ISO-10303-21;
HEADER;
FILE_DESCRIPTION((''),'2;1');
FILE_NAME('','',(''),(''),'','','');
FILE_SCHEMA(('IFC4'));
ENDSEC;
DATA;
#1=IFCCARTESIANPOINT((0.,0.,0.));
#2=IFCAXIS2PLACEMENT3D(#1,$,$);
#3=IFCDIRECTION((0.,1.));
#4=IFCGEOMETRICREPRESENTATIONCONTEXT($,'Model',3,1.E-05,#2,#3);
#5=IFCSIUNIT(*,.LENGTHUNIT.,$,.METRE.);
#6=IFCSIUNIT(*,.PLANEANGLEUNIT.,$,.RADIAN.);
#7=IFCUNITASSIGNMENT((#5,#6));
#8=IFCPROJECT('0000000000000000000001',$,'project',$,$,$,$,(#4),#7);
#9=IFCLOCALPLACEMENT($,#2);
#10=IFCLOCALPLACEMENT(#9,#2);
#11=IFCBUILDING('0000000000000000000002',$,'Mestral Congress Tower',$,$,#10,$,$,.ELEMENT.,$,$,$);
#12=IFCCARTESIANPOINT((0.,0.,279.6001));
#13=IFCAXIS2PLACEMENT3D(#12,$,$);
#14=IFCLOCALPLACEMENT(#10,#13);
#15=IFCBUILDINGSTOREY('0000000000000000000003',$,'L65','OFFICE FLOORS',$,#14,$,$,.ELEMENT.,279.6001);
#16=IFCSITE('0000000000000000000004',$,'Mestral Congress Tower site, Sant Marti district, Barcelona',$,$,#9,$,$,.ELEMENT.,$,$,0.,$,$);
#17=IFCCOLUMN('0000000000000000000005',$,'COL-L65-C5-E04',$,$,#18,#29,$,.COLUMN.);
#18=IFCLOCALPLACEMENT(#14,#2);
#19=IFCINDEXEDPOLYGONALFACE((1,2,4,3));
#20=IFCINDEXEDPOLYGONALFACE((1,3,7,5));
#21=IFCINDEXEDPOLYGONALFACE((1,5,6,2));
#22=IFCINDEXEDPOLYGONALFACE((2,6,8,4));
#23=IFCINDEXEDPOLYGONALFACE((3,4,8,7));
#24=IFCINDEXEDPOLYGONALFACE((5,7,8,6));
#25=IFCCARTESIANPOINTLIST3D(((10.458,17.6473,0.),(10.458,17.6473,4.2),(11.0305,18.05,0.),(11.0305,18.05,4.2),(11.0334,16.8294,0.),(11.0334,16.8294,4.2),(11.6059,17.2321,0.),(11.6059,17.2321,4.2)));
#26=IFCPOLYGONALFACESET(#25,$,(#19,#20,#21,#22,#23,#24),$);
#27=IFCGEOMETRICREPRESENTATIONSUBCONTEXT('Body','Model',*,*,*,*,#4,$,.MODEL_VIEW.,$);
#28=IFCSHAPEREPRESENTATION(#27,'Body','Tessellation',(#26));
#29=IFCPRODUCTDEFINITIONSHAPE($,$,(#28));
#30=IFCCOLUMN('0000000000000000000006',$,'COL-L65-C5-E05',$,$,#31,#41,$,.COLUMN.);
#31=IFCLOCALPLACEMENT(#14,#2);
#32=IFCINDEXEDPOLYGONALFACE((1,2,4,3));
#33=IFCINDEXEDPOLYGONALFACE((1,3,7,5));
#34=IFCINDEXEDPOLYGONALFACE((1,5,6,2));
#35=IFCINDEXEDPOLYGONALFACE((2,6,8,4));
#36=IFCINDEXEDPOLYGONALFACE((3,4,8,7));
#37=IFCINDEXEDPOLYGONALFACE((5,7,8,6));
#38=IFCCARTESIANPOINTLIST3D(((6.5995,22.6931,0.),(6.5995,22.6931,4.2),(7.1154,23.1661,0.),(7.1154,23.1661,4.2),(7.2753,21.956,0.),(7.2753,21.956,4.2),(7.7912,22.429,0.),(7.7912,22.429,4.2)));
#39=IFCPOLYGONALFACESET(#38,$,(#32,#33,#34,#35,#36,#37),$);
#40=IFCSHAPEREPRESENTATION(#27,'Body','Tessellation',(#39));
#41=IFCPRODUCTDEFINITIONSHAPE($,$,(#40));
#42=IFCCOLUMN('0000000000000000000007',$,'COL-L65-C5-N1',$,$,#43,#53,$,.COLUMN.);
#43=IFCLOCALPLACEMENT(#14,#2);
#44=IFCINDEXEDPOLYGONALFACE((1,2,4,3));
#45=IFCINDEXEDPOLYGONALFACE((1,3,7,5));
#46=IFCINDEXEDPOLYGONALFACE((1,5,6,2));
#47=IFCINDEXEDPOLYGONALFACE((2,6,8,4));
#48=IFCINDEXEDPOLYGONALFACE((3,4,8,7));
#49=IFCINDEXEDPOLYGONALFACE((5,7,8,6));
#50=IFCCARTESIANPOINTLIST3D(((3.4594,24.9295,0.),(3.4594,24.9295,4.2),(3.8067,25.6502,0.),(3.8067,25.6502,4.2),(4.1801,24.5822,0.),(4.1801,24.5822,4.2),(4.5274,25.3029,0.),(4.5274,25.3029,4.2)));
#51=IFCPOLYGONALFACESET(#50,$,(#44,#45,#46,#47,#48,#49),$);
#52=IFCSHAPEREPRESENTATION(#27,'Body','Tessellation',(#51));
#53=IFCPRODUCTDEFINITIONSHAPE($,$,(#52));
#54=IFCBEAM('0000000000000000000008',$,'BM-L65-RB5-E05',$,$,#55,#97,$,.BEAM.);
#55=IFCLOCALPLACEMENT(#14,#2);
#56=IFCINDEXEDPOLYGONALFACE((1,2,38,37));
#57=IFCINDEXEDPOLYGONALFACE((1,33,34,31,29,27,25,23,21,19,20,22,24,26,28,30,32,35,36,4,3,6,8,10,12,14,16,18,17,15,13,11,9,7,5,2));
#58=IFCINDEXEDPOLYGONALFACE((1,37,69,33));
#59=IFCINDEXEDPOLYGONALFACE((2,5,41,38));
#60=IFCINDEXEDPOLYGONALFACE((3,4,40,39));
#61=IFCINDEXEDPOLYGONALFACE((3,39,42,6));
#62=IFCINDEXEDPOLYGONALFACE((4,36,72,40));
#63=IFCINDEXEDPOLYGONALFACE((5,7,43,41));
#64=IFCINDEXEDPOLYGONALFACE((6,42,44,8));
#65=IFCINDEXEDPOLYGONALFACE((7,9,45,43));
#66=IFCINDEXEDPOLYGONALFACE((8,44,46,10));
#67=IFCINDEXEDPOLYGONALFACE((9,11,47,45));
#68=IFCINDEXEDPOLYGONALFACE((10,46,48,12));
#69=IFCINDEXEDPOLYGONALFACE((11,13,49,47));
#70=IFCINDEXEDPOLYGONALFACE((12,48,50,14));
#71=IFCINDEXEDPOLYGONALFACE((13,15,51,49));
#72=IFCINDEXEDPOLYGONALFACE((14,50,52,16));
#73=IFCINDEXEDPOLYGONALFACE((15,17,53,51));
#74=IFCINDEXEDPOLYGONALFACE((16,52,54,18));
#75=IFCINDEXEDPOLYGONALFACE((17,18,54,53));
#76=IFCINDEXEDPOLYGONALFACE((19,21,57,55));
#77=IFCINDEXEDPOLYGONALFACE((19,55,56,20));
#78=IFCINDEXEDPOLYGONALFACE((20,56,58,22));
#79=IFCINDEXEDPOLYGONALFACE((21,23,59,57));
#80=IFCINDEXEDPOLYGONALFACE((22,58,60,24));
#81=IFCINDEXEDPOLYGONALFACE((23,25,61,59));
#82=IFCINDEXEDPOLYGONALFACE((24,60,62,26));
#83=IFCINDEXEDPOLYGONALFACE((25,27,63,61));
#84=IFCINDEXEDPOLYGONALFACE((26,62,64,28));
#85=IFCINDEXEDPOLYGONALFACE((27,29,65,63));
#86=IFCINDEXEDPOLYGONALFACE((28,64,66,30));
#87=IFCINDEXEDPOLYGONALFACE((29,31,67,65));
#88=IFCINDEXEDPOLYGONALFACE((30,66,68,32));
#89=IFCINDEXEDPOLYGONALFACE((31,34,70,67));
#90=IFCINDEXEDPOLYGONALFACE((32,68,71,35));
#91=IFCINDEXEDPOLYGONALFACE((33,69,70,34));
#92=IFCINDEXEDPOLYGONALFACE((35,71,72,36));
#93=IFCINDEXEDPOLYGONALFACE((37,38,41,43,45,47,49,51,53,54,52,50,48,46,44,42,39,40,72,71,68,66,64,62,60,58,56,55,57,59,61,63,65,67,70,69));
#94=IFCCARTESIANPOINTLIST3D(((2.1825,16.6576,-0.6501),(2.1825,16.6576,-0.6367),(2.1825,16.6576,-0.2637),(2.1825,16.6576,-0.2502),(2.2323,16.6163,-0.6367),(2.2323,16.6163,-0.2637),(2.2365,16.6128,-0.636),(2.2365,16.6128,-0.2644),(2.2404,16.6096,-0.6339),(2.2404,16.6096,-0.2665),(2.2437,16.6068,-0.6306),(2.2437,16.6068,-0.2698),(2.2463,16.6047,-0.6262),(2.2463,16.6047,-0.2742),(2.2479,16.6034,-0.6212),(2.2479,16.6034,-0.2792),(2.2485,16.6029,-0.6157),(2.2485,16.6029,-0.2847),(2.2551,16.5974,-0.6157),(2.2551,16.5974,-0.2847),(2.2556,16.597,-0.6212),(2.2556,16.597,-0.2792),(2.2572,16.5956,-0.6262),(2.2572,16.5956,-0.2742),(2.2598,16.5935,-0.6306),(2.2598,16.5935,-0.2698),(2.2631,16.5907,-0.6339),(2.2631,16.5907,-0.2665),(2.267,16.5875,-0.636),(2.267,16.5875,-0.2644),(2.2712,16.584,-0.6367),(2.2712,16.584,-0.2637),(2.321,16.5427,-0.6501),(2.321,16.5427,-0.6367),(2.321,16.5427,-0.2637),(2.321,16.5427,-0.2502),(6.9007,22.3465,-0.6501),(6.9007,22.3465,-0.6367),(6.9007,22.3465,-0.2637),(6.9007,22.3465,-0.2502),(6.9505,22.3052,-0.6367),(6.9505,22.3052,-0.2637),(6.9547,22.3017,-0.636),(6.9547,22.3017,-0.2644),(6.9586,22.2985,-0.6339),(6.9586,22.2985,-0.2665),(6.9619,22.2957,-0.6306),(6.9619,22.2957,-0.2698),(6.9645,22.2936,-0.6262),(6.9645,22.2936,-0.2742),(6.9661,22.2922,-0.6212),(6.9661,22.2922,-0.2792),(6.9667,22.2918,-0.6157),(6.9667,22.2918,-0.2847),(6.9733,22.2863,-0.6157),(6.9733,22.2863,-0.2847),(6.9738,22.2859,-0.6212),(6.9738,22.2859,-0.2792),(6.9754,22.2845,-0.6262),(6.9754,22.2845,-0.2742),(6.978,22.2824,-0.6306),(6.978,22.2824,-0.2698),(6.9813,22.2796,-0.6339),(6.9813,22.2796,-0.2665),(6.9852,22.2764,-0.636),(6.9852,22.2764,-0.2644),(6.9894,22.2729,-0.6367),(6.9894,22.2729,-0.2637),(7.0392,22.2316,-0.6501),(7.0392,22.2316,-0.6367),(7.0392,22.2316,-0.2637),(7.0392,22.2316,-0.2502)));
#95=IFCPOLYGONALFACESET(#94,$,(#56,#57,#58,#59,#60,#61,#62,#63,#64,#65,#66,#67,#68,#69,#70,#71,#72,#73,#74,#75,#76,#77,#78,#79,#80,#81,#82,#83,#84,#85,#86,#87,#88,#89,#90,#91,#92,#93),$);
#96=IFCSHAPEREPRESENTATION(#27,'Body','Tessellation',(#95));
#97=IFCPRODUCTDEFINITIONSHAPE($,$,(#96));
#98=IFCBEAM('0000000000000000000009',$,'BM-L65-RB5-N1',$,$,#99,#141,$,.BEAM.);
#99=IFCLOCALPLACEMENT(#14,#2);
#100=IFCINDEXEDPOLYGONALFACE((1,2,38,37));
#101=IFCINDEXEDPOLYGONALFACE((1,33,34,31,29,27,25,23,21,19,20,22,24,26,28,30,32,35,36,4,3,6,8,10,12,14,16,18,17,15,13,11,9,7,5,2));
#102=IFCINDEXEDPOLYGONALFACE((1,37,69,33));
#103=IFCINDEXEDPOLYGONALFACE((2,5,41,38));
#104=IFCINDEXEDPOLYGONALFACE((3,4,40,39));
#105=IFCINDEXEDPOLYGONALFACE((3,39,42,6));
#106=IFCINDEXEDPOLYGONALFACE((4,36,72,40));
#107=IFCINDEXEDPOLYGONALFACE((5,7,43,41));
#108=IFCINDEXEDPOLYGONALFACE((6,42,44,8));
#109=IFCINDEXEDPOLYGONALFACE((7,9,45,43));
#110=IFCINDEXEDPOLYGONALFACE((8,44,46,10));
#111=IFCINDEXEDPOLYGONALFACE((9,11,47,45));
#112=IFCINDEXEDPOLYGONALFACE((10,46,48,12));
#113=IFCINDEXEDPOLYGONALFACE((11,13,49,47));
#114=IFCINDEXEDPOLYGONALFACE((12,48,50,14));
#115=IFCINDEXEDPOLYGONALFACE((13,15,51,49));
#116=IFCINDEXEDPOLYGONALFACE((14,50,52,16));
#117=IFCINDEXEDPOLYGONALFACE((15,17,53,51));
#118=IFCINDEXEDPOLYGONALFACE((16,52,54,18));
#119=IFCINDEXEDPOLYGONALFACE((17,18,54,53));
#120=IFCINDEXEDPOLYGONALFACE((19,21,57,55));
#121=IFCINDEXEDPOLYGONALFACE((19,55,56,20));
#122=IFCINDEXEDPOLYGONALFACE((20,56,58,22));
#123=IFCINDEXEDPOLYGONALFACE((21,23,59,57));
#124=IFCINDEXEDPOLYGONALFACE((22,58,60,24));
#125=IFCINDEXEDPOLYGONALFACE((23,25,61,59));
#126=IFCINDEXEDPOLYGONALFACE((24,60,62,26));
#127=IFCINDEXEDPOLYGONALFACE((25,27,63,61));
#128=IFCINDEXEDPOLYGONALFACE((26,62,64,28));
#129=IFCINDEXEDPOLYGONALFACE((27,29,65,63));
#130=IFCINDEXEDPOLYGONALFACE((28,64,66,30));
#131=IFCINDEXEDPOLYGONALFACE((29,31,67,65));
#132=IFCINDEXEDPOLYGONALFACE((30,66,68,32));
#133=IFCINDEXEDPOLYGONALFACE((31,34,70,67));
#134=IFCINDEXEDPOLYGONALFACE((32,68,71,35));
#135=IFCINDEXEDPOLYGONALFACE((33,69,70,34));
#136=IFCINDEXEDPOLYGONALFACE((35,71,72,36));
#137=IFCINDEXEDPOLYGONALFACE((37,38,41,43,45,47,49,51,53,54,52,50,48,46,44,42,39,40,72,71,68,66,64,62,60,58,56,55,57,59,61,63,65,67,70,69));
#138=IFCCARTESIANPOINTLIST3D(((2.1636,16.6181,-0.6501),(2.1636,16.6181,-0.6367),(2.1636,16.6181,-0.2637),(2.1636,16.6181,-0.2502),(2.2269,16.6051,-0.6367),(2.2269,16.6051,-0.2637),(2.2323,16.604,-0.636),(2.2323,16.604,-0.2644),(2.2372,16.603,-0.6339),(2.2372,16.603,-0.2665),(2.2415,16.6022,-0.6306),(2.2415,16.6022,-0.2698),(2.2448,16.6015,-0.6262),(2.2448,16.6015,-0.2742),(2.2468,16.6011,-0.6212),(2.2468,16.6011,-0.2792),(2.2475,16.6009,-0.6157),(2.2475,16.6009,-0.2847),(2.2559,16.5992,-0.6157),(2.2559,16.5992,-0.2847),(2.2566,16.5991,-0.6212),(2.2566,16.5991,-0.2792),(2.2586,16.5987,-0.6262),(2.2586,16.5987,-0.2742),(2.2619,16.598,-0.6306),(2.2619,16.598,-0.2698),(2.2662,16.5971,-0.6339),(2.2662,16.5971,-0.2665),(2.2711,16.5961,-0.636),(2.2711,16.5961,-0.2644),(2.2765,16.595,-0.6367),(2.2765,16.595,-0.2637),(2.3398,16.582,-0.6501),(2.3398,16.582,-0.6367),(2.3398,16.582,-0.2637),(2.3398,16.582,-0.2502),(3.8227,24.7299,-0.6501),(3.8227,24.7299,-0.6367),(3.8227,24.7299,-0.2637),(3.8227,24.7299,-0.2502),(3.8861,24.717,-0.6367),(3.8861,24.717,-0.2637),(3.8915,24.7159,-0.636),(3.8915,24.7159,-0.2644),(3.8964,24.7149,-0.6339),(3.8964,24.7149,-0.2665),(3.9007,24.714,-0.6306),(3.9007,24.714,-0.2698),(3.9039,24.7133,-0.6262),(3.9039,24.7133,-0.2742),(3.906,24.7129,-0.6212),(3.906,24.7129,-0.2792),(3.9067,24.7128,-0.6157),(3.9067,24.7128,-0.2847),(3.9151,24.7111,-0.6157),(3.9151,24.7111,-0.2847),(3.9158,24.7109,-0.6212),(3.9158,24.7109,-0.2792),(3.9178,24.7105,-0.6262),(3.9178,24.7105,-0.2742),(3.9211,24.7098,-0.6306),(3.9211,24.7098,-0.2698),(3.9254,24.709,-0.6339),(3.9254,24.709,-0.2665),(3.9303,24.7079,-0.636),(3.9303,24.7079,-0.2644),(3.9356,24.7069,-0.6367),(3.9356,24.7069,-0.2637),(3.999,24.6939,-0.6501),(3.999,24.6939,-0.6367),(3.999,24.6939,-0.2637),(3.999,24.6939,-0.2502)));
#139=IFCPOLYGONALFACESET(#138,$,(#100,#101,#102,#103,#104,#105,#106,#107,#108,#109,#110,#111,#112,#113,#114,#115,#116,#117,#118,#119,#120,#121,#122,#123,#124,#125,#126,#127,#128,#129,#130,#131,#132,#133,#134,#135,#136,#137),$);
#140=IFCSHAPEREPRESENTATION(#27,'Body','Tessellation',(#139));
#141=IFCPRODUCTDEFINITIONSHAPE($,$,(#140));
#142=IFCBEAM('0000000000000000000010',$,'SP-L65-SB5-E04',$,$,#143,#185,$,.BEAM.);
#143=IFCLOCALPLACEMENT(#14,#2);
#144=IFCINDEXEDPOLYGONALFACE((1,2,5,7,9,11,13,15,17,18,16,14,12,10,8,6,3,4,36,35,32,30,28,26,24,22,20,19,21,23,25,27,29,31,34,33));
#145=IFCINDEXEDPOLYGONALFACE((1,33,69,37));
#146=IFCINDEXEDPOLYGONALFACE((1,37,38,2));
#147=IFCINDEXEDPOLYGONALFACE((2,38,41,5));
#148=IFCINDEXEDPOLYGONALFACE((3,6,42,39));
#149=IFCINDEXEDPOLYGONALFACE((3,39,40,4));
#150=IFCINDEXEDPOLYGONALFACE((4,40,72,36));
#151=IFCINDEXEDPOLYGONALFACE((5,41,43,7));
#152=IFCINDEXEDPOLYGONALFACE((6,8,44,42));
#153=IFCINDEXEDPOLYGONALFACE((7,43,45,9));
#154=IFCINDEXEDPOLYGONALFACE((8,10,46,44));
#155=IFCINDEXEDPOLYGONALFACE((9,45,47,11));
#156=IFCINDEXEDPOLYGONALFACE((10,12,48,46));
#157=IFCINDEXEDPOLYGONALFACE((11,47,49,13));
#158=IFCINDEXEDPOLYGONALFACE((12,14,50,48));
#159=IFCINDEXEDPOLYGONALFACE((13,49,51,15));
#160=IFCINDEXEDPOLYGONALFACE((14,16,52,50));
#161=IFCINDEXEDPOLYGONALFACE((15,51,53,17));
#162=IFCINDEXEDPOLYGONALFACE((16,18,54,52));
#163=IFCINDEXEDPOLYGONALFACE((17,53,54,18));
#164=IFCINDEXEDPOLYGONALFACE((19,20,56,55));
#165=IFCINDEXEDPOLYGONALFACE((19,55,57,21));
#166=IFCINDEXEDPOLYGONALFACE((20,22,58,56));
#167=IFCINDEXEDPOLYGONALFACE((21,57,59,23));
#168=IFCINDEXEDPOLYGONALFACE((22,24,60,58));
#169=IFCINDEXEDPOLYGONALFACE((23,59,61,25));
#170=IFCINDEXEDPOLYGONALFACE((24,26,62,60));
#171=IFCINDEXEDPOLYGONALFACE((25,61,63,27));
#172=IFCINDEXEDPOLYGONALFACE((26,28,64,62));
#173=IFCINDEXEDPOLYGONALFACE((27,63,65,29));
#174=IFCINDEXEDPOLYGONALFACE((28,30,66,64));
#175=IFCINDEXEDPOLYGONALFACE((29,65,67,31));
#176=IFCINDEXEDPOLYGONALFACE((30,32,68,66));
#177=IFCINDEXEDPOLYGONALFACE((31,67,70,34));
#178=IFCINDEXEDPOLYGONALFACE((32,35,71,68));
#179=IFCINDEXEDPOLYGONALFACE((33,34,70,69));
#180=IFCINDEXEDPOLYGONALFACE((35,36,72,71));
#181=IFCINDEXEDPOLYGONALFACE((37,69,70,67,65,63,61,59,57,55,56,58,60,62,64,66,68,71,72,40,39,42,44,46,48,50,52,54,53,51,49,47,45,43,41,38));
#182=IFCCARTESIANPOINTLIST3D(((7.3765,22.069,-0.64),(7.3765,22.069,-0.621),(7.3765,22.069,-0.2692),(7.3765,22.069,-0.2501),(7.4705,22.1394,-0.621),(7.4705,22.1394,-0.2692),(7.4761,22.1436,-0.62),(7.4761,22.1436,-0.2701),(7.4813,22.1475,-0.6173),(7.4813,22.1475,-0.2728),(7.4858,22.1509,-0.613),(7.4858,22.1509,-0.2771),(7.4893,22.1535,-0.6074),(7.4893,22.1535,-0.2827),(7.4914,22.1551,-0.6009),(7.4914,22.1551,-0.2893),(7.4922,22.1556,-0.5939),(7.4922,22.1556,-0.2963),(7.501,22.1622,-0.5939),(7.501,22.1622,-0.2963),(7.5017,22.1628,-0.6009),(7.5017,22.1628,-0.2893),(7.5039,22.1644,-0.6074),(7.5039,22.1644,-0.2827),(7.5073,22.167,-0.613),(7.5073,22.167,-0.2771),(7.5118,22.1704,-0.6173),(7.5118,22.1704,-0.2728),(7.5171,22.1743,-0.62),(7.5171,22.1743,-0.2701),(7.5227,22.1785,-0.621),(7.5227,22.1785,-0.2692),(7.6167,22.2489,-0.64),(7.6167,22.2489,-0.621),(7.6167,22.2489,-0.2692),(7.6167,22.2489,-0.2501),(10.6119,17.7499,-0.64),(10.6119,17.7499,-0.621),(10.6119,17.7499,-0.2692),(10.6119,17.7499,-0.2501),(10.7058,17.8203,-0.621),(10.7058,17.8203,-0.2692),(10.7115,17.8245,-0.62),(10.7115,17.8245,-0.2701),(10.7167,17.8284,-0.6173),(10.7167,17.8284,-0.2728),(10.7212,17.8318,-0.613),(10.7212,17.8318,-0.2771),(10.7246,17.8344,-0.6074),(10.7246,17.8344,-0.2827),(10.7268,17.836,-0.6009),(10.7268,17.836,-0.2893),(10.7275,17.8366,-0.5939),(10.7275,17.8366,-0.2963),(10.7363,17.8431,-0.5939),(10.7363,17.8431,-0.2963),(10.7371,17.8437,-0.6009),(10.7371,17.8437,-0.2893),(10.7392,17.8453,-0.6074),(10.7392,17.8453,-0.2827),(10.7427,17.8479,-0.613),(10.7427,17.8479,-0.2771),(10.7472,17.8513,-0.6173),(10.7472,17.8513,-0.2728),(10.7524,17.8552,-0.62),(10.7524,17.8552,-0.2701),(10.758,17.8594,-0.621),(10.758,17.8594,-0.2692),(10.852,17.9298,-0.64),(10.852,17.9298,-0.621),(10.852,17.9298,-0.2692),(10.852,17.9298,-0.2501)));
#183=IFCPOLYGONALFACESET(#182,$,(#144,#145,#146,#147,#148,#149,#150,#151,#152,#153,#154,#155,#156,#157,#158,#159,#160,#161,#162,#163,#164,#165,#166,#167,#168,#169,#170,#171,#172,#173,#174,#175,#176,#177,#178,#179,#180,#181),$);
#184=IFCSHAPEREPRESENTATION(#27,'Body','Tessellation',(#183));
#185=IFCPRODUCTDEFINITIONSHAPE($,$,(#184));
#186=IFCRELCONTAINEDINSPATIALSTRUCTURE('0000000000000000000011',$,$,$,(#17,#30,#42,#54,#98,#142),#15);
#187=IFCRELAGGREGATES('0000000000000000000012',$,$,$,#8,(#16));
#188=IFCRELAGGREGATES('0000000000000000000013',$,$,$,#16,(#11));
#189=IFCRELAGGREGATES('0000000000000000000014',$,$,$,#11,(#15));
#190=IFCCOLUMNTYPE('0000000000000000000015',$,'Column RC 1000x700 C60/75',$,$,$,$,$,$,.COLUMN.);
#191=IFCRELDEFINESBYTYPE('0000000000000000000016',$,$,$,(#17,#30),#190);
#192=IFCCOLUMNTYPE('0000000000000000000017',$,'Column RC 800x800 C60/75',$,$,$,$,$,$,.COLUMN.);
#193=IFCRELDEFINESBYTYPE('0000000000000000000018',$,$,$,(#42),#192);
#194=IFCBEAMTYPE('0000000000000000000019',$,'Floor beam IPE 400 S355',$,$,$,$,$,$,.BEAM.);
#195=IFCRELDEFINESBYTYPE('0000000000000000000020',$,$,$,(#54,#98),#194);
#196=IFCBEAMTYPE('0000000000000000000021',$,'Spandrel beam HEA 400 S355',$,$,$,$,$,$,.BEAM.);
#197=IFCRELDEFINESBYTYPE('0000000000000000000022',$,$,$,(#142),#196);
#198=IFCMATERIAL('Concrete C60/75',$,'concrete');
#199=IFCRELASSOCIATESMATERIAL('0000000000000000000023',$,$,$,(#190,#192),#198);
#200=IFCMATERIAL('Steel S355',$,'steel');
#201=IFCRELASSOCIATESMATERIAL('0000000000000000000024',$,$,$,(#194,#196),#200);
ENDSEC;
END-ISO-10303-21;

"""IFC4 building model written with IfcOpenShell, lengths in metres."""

from ifc_helpers import new_model, si_unit, direction, frame, origin, origin_2d, place, context, subcontext, project, spatial, rectangle, i_section, extrude, material, material_profile, profile_set, type_object, element, save


model = new_model("IFC4")

# Units and contexts
model_context = context("Model", 3, precision=1e-05, world=origin(), true_north=direction((0.0, 1.0)))
body_context = subcontext(model_context, "Body", "Model", "MODEL_VIEW")
ifc_project = project(units=[si_unit("LENGTHUNIT", "METRE"), si_unit("PLANEANGLEUNIT", "RADIAN")], contexts=[model_context])

# Site, building, storey
site_placement = place(None, origin())
site = spatial("IfcSite", under=ifc_project, at=site_placement, Name="Mestral Congress Tower site, Sant Marti district, Barcelona", CompositionType="ELEMENT", RefElevation=0.0)
building_placement = place(site_placement, origin())
building = spatial("IfcBuilding", under=site, at=building_placement, Name="Mestral Congress Tower", CompositionType="ELEMENT")
storey_placement = place(building_placement, frame((0.0, 0.0, 279.6001)))
storey = spatial("IfcBuildingStorey", under=building, at=storey_placement, Name="L65", Description="OFFICE FLOORS", CompositionType="ELEMENT", Elevation=279.6001)

# Columns
ifc_material_1 = material(Name="Concrete C60/75", Category="concrete")
ifc_material_profile_1 = material_profile(ifc_material_1, rectangle(XDim=1.0, YDim=0.7, at=origin_2d()), Name="RC 1000x700")
ifc_profile_set_1 = profile_set([ifc_material_profile_1], Name="Concrete C60/75")
column_type_1 = type_object("IfcColumnType", Name="Column RC 1000x700 C60/75", PredefinedType="COLUMN", material=ifc_profile_set_1)
for number, where, z_axis, x_axis, name in (
    (1, (11.032, 17.4397, 0.0), (0.0, 0.0, 1.0), (-0.575402, 0.817871, 0.0), "COL-L65-C5-E04"),
    (2, (7.1953, 22.561, 0.0), (0.0, 0.0, 1.0), (-0.675803, 0.737083, 0.0), "COL-L65-C5-E05"),
):
    element("IfcColumn", number, at=place(storey_placement, frame(where, z_axis=z_axis, x_axis=x_axis)), inside=storey, type_object=column_type_1, Name=name, PredefinedType="COLUMN", context=body_context, shape_type="SweptSolid", body=[
        extrude(rectangle(XDim=1.0, YDim=0.7, at=origin_2d()), origin(), (0.0, 0.0, 1.0), 4.2),
    ])
ifc_material_profile_2 = material_profile(ifc_material_1, rectangle(XDim=0.8, YDim=0.8, at=origin_2d()), Name="RC 800x800")
ifc_profile_set_2 = profile_set([ifc_material_profile_2], Name="Concrete C60/75")
column_type_2 = type_object("IfcColumnType", Name="Column RC 800x800 C60/75", PredefinedType="COLUMN", material=ifc_profile_set_2)
column_placement = place(storey_placement, frame((3.9934, 25.1162, 0.0), z_axis=(0.0, 0.0, 1.0), x_axis=(-0.900873, 0.434082, 0.0)))
element("IfcColumn", 3, at=column_placement, inside=storey, type_object=column_type_2, Name="COL-L65-C5-N1", PredefinedType="COLUMN", context=body_context, shape_type="SweptSolid", body=[
    extrude(rectangle(XDim=0.8, YDim=0.8, at=origin_2d()), origin(), (0.0, 0.0, 1.0), 4.2),
])

# Beams
ifc_material_2 = material(Name="Steel S355", Category="steel")
ifc_material_profile_3 = material_profile(ifc_material_2, i_section(OverallWidth=0.1799, OverallDepth=0.3999, WebThickness=0.0085, FlangeThickness=0.0134, FilletRadius=0.021, at=origin_2d()), Name="IPE 400")
ifc_profile_set_3 = profile_set([ifc_material_profile_3], Name="Steel S355")
beam_type_1 = type_object("IfcBeamType", Name="Floor beam IPE 400 S355", PredefinedType="BEAM", material=ifc_profile_set_3)
beam_1_placement = place(storey_placement, frame((6.97, 22.2891, -0.4502), z_axis=(-0.638383, -0.769719, 0.0), x_axis=(0.769719, -0.638383, 0.0)))
element("IfcBeam", 4, at=beam_1_placement, inside=storey, type_object=beam_type_1, Name="BM-L65-RB5-E05", PredefinedType="BEAM", context=body_context, shape_type="SweptSolid", body=[
    extrude(i_section(OverallWidth=0.1799, OverallDepth=0.3999, WebThickness=0.0085, FlangeThickness=0.0134, FilletRadius=0.021, at=origin_2d()), origin(), (0.0, 0.0, 1.0), 7.3909),
])
beam_2_placement = place(storey_placement, frame((3.9109, 24.7119, -0.4502), z_axis=(-0.20039, -0.979716, 0.0), x_axis=(0.979716, -0.20039, 0.0)))
element("IfcBeam", 5, at=beam_2_placement, inside=storey, type_object=beam_type_1, Name="BM-L65-RB5-N1", PredefinedType="BEAM", context=body_context, shape_type="SweptSolid", body=[
    extrude(i_section(OverallWidth=0.1799, OverallDepth=0.3999, WebThickness=0.0085, FlangeThickness=0.0134, FilletRadius=0.021, at=origin_2d()), origin(), (0.0, 0.0, 1.0), 8.2798),
])
ifc_material_profile_4 = material_profile(ifc_material_2, i_section(OverallWidth=0.3, OverallDepth=0.3899, WebThickness=0.011, FlangeThickness=0.019, FilletRadius=0.0271, at=origin_2d()), Name="HEA 400")
ifc_profile_set_4 = profile_set([ifc_material_profile_4], Name="Steel S355")
beam_type_2 = type_object("IfcBeamType", Name="Spandrel beam HEA 400 S355", PredefinedType="BEAM", material=ifc_profile_set_4)
beam_3_placement = place(storey_placement, frame((10.7319, 17.8398, -0.4451), z_axis=(-0.599529, 0.800353, 0.0), x_axis=(-0.800353, -0.599529, 0.0)))
element("IfcBeam", 6, at=beam_3_placement, inside=storey, type_object=beam_type_2, Name="SP-L65-SB5-E04", PredefinedType="BEAM", context=body_context, shape_type="SweptSolid", body=[
    extrude(i_section(OverallWidth=0.3, OverallDepth=0.3899, WebThickness=0.011, FlangeThickness=0.019, FilletRadius=0.0271, at=origin_2d()), origin(), (0.0, 0.0, 1.0), 5.3965),
])

save(model, "model.ifc")
